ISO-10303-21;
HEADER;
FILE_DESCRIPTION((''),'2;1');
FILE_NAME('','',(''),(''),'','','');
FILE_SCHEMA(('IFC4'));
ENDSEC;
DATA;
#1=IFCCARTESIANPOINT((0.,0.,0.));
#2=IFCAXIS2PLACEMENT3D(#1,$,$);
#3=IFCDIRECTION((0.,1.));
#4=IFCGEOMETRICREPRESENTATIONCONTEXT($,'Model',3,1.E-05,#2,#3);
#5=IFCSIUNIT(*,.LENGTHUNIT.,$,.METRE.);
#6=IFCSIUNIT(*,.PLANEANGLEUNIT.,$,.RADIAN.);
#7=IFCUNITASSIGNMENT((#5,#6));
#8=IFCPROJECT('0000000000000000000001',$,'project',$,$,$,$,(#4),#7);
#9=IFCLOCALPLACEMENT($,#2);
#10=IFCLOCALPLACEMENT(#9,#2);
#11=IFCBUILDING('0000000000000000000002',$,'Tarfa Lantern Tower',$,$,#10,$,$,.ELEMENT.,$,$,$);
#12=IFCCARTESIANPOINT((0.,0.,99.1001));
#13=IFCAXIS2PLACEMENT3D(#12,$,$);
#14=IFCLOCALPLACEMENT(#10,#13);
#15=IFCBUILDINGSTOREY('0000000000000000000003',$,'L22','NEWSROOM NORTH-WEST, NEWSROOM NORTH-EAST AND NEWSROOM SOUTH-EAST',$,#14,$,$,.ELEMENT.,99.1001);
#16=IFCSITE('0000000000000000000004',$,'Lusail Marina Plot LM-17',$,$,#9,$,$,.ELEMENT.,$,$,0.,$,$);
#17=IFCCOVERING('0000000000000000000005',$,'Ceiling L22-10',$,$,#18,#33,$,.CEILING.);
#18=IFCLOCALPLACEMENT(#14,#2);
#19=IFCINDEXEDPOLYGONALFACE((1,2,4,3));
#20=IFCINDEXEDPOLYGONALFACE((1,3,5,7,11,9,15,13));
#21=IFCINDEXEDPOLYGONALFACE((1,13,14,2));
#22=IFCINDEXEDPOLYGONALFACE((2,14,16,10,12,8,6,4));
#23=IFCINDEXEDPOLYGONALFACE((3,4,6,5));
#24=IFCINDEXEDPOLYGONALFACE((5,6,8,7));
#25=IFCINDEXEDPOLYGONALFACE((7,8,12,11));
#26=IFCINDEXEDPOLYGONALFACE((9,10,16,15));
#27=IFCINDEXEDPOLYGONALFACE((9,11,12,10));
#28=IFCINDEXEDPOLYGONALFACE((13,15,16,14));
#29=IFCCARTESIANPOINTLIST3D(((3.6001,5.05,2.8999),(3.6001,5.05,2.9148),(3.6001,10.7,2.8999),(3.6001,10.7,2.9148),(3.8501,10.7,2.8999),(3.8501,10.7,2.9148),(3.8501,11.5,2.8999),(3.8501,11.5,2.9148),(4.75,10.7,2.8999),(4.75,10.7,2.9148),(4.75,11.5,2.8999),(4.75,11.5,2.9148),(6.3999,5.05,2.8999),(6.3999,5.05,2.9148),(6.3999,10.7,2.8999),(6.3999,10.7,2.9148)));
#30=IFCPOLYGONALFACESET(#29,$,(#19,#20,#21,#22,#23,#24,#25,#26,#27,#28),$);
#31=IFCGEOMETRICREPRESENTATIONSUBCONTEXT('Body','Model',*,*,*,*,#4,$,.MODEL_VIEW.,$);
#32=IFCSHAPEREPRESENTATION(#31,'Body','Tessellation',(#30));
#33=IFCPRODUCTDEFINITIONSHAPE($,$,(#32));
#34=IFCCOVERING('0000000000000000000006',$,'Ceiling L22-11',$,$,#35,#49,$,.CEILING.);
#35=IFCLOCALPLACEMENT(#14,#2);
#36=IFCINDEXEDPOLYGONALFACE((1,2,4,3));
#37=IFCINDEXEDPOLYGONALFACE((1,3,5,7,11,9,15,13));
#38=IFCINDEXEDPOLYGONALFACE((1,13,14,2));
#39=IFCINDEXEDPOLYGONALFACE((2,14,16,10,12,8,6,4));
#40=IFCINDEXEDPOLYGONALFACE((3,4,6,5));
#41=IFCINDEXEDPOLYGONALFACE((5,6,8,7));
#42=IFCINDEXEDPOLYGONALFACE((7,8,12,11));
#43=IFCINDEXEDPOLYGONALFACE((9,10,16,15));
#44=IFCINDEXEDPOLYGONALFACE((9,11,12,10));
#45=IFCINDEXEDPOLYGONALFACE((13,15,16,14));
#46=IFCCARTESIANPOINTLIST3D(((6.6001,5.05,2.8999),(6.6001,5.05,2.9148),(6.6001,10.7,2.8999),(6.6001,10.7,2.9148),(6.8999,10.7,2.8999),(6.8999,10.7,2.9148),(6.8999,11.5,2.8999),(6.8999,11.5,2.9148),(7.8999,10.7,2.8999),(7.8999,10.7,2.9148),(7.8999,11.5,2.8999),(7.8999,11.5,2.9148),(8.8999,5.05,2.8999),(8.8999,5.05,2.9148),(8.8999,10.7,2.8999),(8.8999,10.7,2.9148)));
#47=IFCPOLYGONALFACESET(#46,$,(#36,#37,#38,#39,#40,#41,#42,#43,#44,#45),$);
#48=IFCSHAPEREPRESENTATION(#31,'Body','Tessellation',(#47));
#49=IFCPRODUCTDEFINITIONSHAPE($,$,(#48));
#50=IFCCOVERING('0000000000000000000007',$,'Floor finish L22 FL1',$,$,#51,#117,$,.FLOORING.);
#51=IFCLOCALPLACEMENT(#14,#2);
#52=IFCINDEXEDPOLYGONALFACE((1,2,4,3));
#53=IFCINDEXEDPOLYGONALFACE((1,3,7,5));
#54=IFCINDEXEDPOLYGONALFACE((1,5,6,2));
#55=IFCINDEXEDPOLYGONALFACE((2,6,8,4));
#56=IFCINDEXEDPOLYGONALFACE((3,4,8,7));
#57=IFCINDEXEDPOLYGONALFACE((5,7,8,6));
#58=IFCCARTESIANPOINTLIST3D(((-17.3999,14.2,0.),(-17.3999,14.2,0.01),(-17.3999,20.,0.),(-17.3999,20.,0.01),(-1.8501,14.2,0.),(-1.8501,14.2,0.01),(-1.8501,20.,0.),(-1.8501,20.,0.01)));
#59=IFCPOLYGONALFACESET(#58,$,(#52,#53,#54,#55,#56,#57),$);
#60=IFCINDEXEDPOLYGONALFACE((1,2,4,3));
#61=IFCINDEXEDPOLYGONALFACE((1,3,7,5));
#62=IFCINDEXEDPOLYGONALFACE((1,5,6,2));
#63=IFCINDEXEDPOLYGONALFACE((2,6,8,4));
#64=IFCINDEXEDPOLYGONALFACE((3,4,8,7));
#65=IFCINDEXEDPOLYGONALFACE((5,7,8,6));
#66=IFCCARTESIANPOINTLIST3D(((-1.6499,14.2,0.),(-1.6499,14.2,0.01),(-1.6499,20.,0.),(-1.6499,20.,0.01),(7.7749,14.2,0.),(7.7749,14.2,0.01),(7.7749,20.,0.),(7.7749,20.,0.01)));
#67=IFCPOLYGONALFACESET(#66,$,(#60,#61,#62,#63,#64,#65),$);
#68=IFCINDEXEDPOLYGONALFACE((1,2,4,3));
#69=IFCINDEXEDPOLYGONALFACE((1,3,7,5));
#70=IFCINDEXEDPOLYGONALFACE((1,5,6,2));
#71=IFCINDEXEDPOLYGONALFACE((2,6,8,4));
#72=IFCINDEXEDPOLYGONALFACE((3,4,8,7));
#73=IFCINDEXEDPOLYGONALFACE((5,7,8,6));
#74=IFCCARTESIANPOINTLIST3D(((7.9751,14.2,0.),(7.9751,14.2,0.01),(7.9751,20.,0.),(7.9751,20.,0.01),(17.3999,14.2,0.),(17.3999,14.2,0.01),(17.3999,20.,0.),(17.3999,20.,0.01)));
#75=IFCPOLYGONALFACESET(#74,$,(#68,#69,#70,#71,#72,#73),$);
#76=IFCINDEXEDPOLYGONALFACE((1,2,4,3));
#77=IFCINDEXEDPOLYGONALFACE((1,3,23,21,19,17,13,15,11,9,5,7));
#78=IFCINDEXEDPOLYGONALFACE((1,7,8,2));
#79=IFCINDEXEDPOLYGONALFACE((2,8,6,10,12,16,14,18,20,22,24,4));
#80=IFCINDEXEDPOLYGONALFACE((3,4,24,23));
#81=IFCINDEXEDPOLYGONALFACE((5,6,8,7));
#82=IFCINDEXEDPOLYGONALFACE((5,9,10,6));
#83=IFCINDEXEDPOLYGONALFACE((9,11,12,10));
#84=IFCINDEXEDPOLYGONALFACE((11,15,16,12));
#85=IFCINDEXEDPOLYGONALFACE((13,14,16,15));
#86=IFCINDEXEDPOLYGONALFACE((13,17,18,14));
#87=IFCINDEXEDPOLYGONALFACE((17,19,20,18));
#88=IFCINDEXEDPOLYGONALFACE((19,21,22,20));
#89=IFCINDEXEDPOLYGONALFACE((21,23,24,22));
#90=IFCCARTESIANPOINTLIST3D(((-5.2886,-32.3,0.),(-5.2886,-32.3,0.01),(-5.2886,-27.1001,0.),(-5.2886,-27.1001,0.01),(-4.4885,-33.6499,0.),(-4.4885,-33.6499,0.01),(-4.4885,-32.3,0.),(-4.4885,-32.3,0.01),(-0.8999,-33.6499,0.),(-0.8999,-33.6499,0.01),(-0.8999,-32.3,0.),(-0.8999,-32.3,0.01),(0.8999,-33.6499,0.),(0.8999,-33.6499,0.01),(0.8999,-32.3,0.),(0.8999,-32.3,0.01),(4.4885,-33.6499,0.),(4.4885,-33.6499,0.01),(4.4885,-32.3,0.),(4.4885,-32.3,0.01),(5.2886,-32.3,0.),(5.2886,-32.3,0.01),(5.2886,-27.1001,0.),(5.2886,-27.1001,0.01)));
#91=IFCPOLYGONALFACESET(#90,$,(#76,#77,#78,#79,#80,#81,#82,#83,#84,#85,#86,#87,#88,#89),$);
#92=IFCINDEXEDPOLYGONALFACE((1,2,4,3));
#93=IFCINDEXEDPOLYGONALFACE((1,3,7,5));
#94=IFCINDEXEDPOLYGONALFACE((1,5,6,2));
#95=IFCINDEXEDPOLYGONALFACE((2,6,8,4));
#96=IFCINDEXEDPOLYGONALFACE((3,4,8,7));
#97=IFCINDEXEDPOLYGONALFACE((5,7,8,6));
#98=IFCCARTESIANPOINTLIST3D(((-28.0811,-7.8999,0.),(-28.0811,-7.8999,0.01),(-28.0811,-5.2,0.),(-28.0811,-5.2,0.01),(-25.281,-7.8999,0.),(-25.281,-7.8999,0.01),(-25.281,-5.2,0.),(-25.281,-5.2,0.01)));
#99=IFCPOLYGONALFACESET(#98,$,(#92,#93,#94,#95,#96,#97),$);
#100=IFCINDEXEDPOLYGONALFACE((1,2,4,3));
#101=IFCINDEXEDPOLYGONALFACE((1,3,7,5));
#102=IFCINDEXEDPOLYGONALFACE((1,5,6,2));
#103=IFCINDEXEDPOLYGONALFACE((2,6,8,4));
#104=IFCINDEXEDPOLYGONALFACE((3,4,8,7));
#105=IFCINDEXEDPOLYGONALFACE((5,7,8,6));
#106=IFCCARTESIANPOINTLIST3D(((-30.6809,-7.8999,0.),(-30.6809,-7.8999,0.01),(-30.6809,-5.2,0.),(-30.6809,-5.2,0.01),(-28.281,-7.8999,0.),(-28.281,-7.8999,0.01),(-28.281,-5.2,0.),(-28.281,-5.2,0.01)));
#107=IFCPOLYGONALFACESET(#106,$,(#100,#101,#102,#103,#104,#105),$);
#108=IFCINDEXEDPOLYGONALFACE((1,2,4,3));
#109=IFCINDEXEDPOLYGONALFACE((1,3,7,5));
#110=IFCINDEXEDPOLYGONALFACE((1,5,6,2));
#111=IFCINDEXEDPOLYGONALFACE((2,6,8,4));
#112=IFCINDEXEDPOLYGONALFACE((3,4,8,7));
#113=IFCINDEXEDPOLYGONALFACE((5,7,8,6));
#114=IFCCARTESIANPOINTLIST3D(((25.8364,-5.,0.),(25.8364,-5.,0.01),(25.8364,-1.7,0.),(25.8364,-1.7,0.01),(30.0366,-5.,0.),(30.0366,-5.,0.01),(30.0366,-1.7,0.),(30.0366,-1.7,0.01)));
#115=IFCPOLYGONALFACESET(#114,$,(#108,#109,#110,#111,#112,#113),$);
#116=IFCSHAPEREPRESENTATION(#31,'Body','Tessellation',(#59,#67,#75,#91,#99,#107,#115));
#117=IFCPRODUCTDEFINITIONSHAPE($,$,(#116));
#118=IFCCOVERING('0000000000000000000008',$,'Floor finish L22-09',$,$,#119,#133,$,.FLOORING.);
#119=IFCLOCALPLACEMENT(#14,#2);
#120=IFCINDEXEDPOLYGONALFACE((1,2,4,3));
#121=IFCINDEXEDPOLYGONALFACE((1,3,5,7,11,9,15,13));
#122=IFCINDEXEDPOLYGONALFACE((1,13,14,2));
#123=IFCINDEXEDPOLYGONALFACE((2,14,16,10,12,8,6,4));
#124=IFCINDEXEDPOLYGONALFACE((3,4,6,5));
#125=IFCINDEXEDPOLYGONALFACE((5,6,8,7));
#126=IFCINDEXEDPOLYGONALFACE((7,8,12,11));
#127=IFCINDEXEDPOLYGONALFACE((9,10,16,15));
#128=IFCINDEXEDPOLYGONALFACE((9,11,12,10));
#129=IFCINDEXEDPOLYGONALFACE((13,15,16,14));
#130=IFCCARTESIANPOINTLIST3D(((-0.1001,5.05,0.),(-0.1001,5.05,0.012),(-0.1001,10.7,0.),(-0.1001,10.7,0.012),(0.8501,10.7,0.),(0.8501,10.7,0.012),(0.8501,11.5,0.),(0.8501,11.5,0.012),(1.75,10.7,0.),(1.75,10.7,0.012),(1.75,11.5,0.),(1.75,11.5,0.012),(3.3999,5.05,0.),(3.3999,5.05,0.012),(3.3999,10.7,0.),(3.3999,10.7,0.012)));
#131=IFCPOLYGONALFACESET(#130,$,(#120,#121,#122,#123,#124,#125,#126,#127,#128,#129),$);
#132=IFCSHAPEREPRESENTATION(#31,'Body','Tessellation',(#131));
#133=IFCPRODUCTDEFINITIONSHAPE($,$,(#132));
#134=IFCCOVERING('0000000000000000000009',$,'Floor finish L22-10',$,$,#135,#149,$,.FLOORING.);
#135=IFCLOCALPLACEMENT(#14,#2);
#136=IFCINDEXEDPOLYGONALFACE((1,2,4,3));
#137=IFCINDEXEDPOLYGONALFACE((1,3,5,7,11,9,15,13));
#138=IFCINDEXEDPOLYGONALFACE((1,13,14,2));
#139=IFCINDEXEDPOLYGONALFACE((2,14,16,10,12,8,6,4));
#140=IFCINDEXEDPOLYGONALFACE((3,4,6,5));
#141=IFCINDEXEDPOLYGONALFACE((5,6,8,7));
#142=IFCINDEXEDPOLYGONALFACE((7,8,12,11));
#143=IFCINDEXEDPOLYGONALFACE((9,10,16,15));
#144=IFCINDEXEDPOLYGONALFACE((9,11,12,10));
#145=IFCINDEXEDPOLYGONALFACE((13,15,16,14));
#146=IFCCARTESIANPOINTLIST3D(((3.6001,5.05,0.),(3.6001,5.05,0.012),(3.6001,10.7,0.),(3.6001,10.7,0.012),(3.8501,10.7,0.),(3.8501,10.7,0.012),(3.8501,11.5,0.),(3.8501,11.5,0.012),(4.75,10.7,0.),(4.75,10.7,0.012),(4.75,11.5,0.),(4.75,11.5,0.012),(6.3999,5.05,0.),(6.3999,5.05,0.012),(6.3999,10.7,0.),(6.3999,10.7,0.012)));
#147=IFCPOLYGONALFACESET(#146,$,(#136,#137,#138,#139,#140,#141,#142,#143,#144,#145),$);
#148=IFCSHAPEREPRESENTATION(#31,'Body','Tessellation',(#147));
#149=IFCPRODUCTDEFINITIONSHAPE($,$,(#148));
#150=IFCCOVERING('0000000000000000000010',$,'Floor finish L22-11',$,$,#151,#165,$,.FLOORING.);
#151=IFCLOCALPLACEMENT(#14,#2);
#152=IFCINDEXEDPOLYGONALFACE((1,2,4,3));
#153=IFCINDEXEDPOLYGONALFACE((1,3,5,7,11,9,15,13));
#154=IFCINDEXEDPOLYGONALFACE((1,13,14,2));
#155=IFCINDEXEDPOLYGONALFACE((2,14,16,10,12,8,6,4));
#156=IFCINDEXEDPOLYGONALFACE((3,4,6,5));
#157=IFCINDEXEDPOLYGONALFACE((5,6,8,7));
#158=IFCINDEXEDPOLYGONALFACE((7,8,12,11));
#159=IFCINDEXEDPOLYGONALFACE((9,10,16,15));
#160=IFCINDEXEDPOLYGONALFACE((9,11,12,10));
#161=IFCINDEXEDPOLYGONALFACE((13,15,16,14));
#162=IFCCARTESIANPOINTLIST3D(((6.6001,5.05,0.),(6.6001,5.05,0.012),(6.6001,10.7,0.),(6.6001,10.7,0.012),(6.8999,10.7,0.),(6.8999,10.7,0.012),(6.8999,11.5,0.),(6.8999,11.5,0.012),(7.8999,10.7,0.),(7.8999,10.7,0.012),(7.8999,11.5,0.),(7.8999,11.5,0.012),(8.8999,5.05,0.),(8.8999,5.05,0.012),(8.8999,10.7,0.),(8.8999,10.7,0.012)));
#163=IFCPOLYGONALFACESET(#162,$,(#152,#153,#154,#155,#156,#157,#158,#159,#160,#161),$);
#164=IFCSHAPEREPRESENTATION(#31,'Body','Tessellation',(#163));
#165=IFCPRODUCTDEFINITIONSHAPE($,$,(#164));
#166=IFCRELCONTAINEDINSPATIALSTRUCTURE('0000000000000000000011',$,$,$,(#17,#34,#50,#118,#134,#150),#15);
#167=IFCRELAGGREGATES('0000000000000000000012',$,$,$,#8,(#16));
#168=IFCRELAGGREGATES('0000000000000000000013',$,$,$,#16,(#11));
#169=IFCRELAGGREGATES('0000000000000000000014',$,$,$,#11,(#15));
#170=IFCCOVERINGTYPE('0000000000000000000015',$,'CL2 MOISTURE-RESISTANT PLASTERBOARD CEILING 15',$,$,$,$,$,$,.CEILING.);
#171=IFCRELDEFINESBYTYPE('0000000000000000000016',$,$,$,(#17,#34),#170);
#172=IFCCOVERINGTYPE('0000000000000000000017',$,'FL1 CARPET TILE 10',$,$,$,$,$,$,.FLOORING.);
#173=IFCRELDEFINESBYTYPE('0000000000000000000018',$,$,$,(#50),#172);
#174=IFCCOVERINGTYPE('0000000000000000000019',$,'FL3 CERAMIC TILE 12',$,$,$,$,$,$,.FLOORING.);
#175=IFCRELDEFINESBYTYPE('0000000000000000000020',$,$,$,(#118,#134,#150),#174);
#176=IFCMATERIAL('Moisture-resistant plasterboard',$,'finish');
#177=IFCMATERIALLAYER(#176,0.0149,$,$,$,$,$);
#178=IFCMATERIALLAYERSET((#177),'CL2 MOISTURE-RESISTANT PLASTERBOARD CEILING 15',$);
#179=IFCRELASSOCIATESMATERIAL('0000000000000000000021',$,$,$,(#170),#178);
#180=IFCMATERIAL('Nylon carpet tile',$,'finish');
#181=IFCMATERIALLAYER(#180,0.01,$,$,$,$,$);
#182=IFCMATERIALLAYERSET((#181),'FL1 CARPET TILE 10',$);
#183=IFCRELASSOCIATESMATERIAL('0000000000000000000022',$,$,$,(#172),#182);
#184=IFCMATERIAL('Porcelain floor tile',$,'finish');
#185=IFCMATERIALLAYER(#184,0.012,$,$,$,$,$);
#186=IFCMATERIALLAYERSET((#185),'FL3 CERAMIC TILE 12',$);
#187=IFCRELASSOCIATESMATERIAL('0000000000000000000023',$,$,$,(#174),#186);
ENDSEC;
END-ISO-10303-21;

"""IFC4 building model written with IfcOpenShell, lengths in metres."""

from ifc_helpers import new_model, si_unit, direction, frame, origin, place, context, subcontext, project, spatial, polyline, outline, extrude, material, layer, layer_set, type_object, element, save


model = new_model("IFC4")

# Units and contexts
model_context = context("Model", 3, precision=1e-05, world=origin(), true_north=direction((0.0, 1.0)))
body_context = subcontext(model_context, "Body", "Model", "MODEL_VIEW")
ifc_project = project(units=[si_unit("LENGTHUNIT", "METRE"), si_unit("PLANEANGLEUNIT", "RADIAN")], contexts=[model_context])

# Site, building, storey
site_placement = place(None, origin())
site = spatial("IfcSite", under=ifc_project, at=site_placement, Name="Lusail Marina Plot LM-17", CompositionType="ELEMENT", RefElevation=0.0)
building_placement = place(site_placement, origin())
building = spatial("IfcBuilding", under=site, at=building_placement, Name="Tarfa Lantern Tower", CompositionType="ELEMENT")
storey_placement = place(building_placement, frame((0.0, 0.0, 99.1001)))
storey = spatial("IfcBuildingStorey", under=building, at=storey_placement, Name="L22", Description="NEWSROOM NORTH-WEST, NEWSROOM NORTH-EAST AND NEWSROOM SOUTH-EAST", CompositionType="ELEMENT", Elevation=99.1001)

# Coverings
ifc_material_1 = material(Name="Moisture-resistant plasterboard", Category="finish")
ifc_layer_1 = layer(ifc_material_1, 0.0149)
ifc_layer_set_1 = layer_set([ifc_layer_1], Name="CL2 MOISTURE-RESISTANT PLASTERBOARD CEILING 15")
covering_type_1 = type_object("IfcCoveringType", Name="CL2 MOISTURE-RESISTANT PLASTERBOARD CEILING 15", PredefinedType="CEILING", material=ifc_layer_set_1)
covering_1_placement = place(storey_placement, frame((0.0, 0.0, 2.8999)))
element("IfcCovering", 1, at=covering_1_placement, inside=storey, type_object=covering_type_1, Name="Ceiling L22-10", PredefinedType="CEILING", context=body_context, shape_type="SweptSolid", body=[
    extrude(outline(polyline([(3.6001, 5.05), (6.3999, 5.05), (6.3999, 10.7), (4.75, 10.7), (4.75, 11.5), (3.8501, 11.5), (3.8501, 10.7), (3.6001, 10.7), (3.6001, 5.05)])), origin(), (0.0, 0.0, 1.0), 0.0149),
])
covering_2_placement = place(storey_placement, frame((0.0, 0.0, 2.8999)))
element("IfcCovering", 2, at=covering_2_placement, inside=storey, type_object=covering_type_1, Name="Ceiling L22-11", PredefinedType="CEILING", context=body_context, shape_type="SweptSolid", body=[
    extrude(outline(polyline([(6.6001, 5.05), (8.8999, 5.05), (8.8999, 10.7), (7.8999, 10.7), (7.8999, 11.5), (6.8999, 11.5), (6.8999, 10.7), (6.6001, 10.7), (6.6001, 5.05)])), origin(), (0.0, 0.0, 1.0), 0.0149),
])
ifc_material_2 = material(Name="Nylon carpet tile", Category="finish")
ifc_layer_2 = layer(ifc_material_2, 0.01)
ifc_layer_set_2 = layer_set([ifc_layer_2], Name="FL1 CARPET TILE 10")
covering_type_2 = type_object("IfcCoveringType", Name="FL1 CARPET TILE 10", PredefinedType="FLOORING", material=ifc_layer_set_2)
covering_3_placement = place(storey_placement, origin())
element("IfcCovering", 3, at=covering_3_placement, inside=storey, type_object=covering_type_2, Name="Floor finish L22 FL1", PredefinedType="FLOORING", context=body_context, shape_type="SweptSolid", body=[
    extrude(outline(polyline([(-17.3999, 20.0), (-1.8501, 20.0), (-1.8501, 14.2), (-17.3999, 14.2), (-17.3999, 20.0)])), origin(), (0.0, 0.0, 1.0), 0.01),
    extrude(outline(polyline([(-1.6499, 20.0), (7.7749, 20.0), (7.7749, 14.2), (-1.6499, 14.2), (-1.6499, 20.0)])), origin(), (0.0, 0.0, 1.0), 0.01),
    extrude(outline(polyline([(7.9751, 20.0), (17.3999, 20.0), (17.3999, 14.2), (7.9751, 14.2), (7.9751, 20.0)])), origin(), (0.0, 0.0, 1.0), 0.01),
    extrude(outline(polyline([(-5.2886, -27.1001), (5.2886, -27.1001), (5.2886, -32.3), (4.4885, -32.3), (4.4885, -33.6499), (0.8999, -33.6499), (0.8999, -32.3), (-0.8999, -32.3), (-0.8999, -33.6499), (-4.4885, -33.6499), (-4.4885, -32.3), (-5.2886, -32.3), (-5.2886, -27.1001)])), origin(), (0.0, 0.0, 1.0), 0.01),
    extrude(outline(polyline([(-28.0811, -5.2), (-25.281, -5.2), (-25.281, -7.8999), (-28.0811, -7.8999), (-28.0811, -5.2)])), origin(), (0.0, 0.0, 1.0), 0.01),
    extrude(outline(polyline([(-30.6809, -5.2), (-28.281, -5.2), (-28.281, -7.8999), (-30.6809, -7.8999), (-30.6809, -5.2)])), origin(), (0.0, 0.0, 1.0), 0.01),
    extrude(outline(polyline([(30.0366, -5.0), (25.8364, -5.0), (25.8364, -1.7), (30.0366, -1.7), (30.0366, -5.0)])), origin(), (0.0, 0.0, 1.0), 0.01),
])
ifc_material_3 = material(Name="Porcelain floor tile", Category="finish")
ifc_layer_3 = layer(ifc_material_3, 0.012)
ifc_layer_set_3 = layer_set([ifc_layer_3], Name="FL3 CERAMIC TILE 12")
covering_type_3 = type_object("IfcCoveringType", Name="FL3 CERAMIC TILE 12", PredefinedType="FLOORING", material=ifc_layer_set_3)
covering_4_placement = place(storey_placement, origin())
element("IfcCovering", 4, at=covering_4_placement, inside=storey, type_object=covering_type_3, Name="Floor finish L22-09", PredefinedType="FLOORING", context=body_context, shape_type="SweptSolid", body=[
    extrude(outline(polyline([(0.8501, 10.7), (-0.1001, 10.7), (-0.1001, 5.05), (3.3999, 5.05), (3.3999, 10.7), (1.75, 10.7), (1.75, 11.5), (0.8501, 11.5), (0.8501, 11.5), (0.8501, 10.7)])), origin(), (0.0, 0.0, 1.0), 0.012),
])
covering_5_placement = place(storey_placement, origin())
element("IfcCovering", 5, at=covering_5_placement, inside=storey, type_object=covering_type_3, Name="Floor finish L22-10", PredefinedType="FLOORING", context=body_context, shape_type="SweptSolid", body=[
    extrude(outline(polyline([(3.6001, 5.05), (6.3999, 5.05), (6.3999, 10.7), (4.75, 10.7), (4.75, 11.5), (3.8501, 11.5), (3.8501, 10.7), (3.6001, 10.7), (3.6001, 5.05)])), origin(), (0.0, 0.0, 1.0), 0.012),
])
covering_6_placement = place(storey_placement, origin())
element("IfcCovering", 6, at=covering_6_placement, inside=storey, type_object=covering_type_3, Name="Floor finish L22-11", PredefinedType="FLOORING", context=body_context, shape_type="SweptSolid", body=[
    extrude(outline(polyline([(6.6001, 5.05), (8.8999, 5.05), (8.8999, 10.7), (7.8999, 10.7), (7.8999, 11.5), (6.8999, 11.5), (6.8999, 10.7), (6.6001, 10.7), (6.6001, 5.05)])), origin(), (0.0, 0.0, 1.0), 0.012),
])

save(model, "model.ifc")
